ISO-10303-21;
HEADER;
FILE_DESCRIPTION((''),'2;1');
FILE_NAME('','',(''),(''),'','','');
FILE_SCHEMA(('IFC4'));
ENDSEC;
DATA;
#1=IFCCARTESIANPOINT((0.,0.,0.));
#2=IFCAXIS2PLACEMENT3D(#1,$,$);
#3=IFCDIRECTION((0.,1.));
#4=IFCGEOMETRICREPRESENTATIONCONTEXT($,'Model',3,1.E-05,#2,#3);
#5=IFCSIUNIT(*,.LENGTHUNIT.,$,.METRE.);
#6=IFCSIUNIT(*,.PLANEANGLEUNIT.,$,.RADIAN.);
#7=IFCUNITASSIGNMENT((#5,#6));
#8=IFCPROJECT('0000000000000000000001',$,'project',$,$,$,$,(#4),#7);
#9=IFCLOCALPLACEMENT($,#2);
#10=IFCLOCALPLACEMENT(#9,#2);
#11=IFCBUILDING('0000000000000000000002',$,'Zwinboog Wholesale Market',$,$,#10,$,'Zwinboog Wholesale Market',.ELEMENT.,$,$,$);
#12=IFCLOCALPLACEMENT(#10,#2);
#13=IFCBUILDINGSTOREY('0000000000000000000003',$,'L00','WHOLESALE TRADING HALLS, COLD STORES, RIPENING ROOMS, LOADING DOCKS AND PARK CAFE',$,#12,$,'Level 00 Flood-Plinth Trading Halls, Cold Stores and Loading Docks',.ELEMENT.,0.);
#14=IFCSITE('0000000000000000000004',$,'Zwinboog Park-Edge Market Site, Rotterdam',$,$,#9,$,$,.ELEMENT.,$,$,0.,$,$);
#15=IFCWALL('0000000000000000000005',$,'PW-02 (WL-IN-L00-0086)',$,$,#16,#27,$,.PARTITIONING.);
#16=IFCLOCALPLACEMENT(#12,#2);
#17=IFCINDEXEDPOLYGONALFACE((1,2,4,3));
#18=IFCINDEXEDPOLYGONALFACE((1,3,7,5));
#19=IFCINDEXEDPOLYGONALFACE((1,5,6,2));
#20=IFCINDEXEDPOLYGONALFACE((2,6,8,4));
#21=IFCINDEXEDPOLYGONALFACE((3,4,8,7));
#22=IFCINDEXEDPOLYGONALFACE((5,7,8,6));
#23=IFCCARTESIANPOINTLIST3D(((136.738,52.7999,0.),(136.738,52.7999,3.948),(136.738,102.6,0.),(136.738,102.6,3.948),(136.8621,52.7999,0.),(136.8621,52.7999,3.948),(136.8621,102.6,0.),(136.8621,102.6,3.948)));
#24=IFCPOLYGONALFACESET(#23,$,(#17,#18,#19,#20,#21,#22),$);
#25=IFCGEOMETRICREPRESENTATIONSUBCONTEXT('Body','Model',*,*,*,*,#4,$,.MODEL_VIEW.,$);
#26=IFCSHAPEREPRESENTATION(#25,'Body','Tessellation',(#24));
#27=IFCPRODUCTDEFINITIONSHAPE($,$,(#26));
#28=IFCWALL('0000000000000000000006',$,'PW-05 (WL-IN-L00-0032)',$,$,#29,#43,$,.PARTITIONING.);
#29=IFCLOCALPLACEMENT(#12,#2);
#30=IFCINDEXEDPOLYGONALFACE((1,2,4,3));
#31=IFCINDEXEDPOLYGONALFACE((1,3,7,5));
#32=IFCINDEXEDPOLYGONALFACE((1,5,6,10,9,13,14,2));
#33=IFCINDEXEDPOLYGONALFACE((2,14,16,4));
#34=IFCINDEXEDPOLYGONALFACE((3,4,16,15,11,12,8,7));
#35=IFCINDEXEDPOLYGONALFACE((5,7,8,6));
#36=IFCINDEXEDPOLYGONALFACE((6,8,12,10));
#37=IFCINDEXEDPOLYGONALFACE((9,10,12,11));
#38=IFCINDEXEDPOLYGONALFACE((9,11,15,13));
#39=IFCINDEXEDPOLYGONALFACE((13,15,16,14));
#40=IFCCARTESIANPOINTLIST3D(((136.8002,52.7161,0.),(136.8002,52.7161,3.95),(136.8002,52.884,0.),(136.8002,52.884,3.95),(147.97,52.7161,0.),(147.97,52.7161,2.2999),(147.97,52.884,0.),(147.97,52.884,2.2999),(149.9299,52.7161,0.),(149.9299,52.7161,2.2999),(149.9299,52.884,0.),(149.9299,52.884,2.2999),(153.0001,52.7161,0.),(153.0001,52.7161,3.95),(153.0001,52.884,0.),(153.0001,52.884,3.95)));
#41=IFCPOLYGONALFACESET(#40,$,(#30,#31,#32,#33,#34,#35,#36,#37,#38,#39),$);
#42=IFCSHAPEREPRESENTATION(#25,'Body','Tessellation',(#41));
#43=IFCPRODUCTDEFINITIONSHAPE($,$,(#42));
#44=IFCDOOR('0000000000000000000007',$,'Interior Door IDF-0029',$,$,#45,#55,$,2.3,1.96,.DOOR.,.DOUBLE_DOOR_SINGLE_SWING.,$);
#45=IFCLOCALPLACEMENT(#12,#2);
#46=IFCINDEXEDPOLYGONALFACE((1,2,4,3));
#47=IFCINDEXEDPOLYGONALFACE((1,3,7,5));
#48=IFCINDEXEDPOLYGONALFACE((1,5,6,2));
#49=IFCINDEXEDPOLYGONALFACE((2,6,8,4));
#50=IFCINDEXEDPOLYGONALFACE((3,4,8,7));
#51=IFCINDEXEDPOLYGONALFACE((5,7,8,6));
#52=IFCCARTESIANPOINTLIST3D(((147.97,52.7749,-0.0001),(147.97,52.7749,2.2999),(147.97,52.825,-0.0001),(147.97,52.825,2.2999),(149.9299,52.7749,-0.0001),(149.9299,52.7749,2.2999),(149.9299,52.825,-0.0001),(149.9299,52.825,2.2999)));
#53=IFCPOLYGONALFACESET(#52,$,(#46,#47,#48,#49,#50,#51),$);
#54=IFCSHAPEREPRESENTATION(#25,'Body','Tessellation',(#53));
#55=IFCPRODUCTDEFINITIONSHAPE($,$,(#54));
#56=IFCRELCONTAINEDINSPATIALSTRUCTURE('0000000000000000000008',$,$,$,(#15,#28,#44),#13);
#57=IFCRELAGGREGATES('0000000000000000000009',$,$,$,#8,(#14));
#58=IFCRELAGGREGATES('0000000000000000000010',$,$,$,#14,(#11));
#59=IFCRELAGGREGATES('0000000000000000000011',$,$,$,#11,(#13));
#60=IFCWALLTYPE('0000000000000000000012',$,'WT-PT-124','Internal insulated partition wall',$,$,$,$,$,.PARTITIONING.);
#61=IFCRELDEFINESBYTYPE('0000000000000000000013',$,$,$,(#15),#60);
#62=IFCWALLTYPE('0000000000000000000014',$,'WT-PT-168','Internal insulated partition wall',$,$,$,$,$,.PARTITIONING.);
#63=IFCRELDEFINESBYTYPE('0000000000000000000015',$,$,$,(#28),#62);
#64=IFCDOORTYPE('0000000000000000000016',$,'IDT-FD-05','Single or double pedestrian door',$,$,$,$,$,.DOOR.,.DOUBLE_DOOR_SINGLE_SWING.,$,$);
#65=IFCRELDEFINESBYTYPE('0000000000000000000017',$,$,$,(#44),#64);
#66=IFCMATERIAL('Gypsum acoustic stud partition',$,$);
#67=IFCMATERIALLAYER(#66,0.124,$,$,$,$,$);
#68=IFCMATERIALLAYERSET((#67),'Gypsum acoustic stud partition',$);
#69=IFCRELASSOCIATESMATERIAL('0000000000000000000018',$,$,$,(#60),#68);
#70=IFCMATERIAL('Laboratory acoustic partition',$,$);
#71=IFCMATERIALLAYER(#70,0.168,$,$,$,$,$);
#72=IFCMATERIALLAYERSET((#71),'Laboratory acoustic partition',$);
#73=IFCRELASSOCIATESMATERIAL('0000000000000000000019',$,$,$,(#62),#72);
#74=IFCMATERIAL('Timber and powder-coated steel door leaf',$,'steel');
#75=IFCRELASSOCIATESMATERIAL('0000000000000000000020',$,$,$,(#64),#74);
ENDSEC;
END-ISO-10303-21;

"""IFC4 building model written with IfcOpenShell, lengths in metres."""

from ifc_helpers import new_model, si_unit, direction, frame, frame_2d, origin, place, context, subcontext, project, spatial, rectangle, extrude, material, layer, layer_set, type_object, element, fill, save


model = new_model("IFC4")

# Units and contexts
model_context = context("Model", 3, precision=1e-05, world=origin(), true_north=direction((0.0, 1.0)))
body_context = subcontext(model_context, "Body", "Model", "MODEL_VIEW")
ifc_project = project(units=[si_unit("LENGTHUNIT", "METRE"), si_unit("PLANEANGLEUNIT", "RADIAN")], contexts=[model_context])

# Site, building, storey
site_placement = place(None, origin())
site = spatial("IfcSite", under=ifc_project, at=site_placement, Name="Zwinboog Park-Edge Market Site, Rotterdam", CompositionType="ELEMENT", RefElevation=0.0)
building_placement = place(site_placement, origin())
building = spatial("IfcBuilding", under=site, at=building_placement, Name="Zwinboog Wholesale Market", LongName="Zwinboog Wholesale Market", CompositionType="ELEMENT")
storey_placement = place(building_placement, origin())
storey = spatial("IfcBuildingStorey", under=building, at=storey_placement, Name="L00", Description="WHOLESALE TRADING HALLS, COLD STORES, RIPENING ROOMS, LOADING DOCKS AND PARK CAFE", LongName="Level 00 Flood-Plinth Trading Halls, Cold Stores and Loading Docks", CompositionType="ELEMENT", Elevation=0.0)

# Wall
ifc_material_1 = material(Name="Gypsum acoustic stud partition")
ifc_layer_1 = layer(ifc_material_1, 0.124)
ifc_layer_set_1 = layer_set([ifc_layer_1], Name="Gypsum acoustic stud partition")
wall_type_1 = type_object("IfcWallType", Name="WT-PT-124", Description="Internal insulated partition wall", PredefinedType="PARTITIONING", material=ifc_layer_set_1)
wall_1_placement = place(storey_placement, frame((136.8, 52.8, 0.0), z_axis=(0.0, 0.0, 1.0), x_axis=(0.0, 1.0, 0.0)))
element("IfcWall", 1, at=wall_1_placement, inside=storey, type_object=wall_type_1, Name="PW-02 (WL-IN-L00-0086)", PredefinedType="PARTITIONING", context=body_context, shape_type="SweptSolid", body=[
    extrude(rectangle(XDim=49.8, YDim=0.124, at=frame_2d((24.8999, 0.0))), origin(), (0.0, 0.0, 1.0), 3.948),
])

# Wall, opening, door
ifc_material_2 = material(Name="Laboratory acoustic partition")
ifc_layer_2 = layer(ifc_material_2, 0.168)
ifc_layer_set_2 = layer_set([ifc_layer_2], Name="Laboratory acoustic partition")
wall_type_2 = type_object("IfcWallType", Name="WT-PT-168", Description="Internal insulated partition wall", PredefinedType="PARTITIONING", material=ifc_layer_set_2)
wall_2_placement = place(storey_placement, frame((136.8, 52.8, 0.0), z_axis=(0.0, 0.0, 1.0), x_axis=(1.0, 0.0, 0.0)))
wall_2 = element("IfcWall", 2, at=wall_2_placement, inside=storey, type_object=wall_type_2, Name="PW-05 (WL-IN-L00-0032)", PredefinedType="PARTITIONING", context=body_context, shape_type="SweptSolid", body=[
    extrude(rectangle(XDim=16.2, YDim=0.168, at=frame_2d((8.1001, 0.0))), origin(), (0.0, 0.0, 1.0), 3.95),
])
opening_placement = place(wall_2_placement, frame((11.1699, 0.0, 0.0)))
opening = element("IfcOpeningElement", 3, at=opening_placement, cuts=wall_2, PredefinedType="OPENING", context=body_context, shape_type="SweptSolid", body=[
    extrude(rectangle(XDim=1.96, YDim=2.3, at=frame_2d((0.98, 1.1499))), frame((0.0, 0.094, 0.0), z_axis=(0.0, -1.0, 0.0), x_axis=(1.0, 0.0, 0.0)), (0.0, 0.0, 1.0), 0.188),
])
ifc_material_3 = material(Name="Timber and powder-coated steel door leaf", Category="steel")
door_type = type_object("IfcDoorType", Name="IDT-FD-05", Description="Single or double pedestrian door", OperationType="DOUBLE_DOOR_SINGLE_SWING", PredefinedType="DOOR", material=ifc_material_3)
door_placement = place(opening_placement, origin())
door = element("IfcDoor", 4, at=door_placement, inside=storey, type_object=door_type, Name="Interior Door IDF-0029", OperationType="DOUBLE_DOOR_SINGLE_SWING", OverallHeight=2.3, OverallWidth=1.96, PredefinedType="DOOR", context=body_context, shape_type="SweptSolid", body=[
    extrude(rectangle(XDim=1.96, YDim=2.3, at=frame_2d((0.98, 1.1499))), frame((0.0, 0.0249, 0.0), z_axis=(0.0, -1.0, 0.0), x_axis=(1.0, 0.0, 0.0)), (0.0, 0.0, 1.0), 0.05),
])
fill(opening, door)

save(model, "model.ifc")
